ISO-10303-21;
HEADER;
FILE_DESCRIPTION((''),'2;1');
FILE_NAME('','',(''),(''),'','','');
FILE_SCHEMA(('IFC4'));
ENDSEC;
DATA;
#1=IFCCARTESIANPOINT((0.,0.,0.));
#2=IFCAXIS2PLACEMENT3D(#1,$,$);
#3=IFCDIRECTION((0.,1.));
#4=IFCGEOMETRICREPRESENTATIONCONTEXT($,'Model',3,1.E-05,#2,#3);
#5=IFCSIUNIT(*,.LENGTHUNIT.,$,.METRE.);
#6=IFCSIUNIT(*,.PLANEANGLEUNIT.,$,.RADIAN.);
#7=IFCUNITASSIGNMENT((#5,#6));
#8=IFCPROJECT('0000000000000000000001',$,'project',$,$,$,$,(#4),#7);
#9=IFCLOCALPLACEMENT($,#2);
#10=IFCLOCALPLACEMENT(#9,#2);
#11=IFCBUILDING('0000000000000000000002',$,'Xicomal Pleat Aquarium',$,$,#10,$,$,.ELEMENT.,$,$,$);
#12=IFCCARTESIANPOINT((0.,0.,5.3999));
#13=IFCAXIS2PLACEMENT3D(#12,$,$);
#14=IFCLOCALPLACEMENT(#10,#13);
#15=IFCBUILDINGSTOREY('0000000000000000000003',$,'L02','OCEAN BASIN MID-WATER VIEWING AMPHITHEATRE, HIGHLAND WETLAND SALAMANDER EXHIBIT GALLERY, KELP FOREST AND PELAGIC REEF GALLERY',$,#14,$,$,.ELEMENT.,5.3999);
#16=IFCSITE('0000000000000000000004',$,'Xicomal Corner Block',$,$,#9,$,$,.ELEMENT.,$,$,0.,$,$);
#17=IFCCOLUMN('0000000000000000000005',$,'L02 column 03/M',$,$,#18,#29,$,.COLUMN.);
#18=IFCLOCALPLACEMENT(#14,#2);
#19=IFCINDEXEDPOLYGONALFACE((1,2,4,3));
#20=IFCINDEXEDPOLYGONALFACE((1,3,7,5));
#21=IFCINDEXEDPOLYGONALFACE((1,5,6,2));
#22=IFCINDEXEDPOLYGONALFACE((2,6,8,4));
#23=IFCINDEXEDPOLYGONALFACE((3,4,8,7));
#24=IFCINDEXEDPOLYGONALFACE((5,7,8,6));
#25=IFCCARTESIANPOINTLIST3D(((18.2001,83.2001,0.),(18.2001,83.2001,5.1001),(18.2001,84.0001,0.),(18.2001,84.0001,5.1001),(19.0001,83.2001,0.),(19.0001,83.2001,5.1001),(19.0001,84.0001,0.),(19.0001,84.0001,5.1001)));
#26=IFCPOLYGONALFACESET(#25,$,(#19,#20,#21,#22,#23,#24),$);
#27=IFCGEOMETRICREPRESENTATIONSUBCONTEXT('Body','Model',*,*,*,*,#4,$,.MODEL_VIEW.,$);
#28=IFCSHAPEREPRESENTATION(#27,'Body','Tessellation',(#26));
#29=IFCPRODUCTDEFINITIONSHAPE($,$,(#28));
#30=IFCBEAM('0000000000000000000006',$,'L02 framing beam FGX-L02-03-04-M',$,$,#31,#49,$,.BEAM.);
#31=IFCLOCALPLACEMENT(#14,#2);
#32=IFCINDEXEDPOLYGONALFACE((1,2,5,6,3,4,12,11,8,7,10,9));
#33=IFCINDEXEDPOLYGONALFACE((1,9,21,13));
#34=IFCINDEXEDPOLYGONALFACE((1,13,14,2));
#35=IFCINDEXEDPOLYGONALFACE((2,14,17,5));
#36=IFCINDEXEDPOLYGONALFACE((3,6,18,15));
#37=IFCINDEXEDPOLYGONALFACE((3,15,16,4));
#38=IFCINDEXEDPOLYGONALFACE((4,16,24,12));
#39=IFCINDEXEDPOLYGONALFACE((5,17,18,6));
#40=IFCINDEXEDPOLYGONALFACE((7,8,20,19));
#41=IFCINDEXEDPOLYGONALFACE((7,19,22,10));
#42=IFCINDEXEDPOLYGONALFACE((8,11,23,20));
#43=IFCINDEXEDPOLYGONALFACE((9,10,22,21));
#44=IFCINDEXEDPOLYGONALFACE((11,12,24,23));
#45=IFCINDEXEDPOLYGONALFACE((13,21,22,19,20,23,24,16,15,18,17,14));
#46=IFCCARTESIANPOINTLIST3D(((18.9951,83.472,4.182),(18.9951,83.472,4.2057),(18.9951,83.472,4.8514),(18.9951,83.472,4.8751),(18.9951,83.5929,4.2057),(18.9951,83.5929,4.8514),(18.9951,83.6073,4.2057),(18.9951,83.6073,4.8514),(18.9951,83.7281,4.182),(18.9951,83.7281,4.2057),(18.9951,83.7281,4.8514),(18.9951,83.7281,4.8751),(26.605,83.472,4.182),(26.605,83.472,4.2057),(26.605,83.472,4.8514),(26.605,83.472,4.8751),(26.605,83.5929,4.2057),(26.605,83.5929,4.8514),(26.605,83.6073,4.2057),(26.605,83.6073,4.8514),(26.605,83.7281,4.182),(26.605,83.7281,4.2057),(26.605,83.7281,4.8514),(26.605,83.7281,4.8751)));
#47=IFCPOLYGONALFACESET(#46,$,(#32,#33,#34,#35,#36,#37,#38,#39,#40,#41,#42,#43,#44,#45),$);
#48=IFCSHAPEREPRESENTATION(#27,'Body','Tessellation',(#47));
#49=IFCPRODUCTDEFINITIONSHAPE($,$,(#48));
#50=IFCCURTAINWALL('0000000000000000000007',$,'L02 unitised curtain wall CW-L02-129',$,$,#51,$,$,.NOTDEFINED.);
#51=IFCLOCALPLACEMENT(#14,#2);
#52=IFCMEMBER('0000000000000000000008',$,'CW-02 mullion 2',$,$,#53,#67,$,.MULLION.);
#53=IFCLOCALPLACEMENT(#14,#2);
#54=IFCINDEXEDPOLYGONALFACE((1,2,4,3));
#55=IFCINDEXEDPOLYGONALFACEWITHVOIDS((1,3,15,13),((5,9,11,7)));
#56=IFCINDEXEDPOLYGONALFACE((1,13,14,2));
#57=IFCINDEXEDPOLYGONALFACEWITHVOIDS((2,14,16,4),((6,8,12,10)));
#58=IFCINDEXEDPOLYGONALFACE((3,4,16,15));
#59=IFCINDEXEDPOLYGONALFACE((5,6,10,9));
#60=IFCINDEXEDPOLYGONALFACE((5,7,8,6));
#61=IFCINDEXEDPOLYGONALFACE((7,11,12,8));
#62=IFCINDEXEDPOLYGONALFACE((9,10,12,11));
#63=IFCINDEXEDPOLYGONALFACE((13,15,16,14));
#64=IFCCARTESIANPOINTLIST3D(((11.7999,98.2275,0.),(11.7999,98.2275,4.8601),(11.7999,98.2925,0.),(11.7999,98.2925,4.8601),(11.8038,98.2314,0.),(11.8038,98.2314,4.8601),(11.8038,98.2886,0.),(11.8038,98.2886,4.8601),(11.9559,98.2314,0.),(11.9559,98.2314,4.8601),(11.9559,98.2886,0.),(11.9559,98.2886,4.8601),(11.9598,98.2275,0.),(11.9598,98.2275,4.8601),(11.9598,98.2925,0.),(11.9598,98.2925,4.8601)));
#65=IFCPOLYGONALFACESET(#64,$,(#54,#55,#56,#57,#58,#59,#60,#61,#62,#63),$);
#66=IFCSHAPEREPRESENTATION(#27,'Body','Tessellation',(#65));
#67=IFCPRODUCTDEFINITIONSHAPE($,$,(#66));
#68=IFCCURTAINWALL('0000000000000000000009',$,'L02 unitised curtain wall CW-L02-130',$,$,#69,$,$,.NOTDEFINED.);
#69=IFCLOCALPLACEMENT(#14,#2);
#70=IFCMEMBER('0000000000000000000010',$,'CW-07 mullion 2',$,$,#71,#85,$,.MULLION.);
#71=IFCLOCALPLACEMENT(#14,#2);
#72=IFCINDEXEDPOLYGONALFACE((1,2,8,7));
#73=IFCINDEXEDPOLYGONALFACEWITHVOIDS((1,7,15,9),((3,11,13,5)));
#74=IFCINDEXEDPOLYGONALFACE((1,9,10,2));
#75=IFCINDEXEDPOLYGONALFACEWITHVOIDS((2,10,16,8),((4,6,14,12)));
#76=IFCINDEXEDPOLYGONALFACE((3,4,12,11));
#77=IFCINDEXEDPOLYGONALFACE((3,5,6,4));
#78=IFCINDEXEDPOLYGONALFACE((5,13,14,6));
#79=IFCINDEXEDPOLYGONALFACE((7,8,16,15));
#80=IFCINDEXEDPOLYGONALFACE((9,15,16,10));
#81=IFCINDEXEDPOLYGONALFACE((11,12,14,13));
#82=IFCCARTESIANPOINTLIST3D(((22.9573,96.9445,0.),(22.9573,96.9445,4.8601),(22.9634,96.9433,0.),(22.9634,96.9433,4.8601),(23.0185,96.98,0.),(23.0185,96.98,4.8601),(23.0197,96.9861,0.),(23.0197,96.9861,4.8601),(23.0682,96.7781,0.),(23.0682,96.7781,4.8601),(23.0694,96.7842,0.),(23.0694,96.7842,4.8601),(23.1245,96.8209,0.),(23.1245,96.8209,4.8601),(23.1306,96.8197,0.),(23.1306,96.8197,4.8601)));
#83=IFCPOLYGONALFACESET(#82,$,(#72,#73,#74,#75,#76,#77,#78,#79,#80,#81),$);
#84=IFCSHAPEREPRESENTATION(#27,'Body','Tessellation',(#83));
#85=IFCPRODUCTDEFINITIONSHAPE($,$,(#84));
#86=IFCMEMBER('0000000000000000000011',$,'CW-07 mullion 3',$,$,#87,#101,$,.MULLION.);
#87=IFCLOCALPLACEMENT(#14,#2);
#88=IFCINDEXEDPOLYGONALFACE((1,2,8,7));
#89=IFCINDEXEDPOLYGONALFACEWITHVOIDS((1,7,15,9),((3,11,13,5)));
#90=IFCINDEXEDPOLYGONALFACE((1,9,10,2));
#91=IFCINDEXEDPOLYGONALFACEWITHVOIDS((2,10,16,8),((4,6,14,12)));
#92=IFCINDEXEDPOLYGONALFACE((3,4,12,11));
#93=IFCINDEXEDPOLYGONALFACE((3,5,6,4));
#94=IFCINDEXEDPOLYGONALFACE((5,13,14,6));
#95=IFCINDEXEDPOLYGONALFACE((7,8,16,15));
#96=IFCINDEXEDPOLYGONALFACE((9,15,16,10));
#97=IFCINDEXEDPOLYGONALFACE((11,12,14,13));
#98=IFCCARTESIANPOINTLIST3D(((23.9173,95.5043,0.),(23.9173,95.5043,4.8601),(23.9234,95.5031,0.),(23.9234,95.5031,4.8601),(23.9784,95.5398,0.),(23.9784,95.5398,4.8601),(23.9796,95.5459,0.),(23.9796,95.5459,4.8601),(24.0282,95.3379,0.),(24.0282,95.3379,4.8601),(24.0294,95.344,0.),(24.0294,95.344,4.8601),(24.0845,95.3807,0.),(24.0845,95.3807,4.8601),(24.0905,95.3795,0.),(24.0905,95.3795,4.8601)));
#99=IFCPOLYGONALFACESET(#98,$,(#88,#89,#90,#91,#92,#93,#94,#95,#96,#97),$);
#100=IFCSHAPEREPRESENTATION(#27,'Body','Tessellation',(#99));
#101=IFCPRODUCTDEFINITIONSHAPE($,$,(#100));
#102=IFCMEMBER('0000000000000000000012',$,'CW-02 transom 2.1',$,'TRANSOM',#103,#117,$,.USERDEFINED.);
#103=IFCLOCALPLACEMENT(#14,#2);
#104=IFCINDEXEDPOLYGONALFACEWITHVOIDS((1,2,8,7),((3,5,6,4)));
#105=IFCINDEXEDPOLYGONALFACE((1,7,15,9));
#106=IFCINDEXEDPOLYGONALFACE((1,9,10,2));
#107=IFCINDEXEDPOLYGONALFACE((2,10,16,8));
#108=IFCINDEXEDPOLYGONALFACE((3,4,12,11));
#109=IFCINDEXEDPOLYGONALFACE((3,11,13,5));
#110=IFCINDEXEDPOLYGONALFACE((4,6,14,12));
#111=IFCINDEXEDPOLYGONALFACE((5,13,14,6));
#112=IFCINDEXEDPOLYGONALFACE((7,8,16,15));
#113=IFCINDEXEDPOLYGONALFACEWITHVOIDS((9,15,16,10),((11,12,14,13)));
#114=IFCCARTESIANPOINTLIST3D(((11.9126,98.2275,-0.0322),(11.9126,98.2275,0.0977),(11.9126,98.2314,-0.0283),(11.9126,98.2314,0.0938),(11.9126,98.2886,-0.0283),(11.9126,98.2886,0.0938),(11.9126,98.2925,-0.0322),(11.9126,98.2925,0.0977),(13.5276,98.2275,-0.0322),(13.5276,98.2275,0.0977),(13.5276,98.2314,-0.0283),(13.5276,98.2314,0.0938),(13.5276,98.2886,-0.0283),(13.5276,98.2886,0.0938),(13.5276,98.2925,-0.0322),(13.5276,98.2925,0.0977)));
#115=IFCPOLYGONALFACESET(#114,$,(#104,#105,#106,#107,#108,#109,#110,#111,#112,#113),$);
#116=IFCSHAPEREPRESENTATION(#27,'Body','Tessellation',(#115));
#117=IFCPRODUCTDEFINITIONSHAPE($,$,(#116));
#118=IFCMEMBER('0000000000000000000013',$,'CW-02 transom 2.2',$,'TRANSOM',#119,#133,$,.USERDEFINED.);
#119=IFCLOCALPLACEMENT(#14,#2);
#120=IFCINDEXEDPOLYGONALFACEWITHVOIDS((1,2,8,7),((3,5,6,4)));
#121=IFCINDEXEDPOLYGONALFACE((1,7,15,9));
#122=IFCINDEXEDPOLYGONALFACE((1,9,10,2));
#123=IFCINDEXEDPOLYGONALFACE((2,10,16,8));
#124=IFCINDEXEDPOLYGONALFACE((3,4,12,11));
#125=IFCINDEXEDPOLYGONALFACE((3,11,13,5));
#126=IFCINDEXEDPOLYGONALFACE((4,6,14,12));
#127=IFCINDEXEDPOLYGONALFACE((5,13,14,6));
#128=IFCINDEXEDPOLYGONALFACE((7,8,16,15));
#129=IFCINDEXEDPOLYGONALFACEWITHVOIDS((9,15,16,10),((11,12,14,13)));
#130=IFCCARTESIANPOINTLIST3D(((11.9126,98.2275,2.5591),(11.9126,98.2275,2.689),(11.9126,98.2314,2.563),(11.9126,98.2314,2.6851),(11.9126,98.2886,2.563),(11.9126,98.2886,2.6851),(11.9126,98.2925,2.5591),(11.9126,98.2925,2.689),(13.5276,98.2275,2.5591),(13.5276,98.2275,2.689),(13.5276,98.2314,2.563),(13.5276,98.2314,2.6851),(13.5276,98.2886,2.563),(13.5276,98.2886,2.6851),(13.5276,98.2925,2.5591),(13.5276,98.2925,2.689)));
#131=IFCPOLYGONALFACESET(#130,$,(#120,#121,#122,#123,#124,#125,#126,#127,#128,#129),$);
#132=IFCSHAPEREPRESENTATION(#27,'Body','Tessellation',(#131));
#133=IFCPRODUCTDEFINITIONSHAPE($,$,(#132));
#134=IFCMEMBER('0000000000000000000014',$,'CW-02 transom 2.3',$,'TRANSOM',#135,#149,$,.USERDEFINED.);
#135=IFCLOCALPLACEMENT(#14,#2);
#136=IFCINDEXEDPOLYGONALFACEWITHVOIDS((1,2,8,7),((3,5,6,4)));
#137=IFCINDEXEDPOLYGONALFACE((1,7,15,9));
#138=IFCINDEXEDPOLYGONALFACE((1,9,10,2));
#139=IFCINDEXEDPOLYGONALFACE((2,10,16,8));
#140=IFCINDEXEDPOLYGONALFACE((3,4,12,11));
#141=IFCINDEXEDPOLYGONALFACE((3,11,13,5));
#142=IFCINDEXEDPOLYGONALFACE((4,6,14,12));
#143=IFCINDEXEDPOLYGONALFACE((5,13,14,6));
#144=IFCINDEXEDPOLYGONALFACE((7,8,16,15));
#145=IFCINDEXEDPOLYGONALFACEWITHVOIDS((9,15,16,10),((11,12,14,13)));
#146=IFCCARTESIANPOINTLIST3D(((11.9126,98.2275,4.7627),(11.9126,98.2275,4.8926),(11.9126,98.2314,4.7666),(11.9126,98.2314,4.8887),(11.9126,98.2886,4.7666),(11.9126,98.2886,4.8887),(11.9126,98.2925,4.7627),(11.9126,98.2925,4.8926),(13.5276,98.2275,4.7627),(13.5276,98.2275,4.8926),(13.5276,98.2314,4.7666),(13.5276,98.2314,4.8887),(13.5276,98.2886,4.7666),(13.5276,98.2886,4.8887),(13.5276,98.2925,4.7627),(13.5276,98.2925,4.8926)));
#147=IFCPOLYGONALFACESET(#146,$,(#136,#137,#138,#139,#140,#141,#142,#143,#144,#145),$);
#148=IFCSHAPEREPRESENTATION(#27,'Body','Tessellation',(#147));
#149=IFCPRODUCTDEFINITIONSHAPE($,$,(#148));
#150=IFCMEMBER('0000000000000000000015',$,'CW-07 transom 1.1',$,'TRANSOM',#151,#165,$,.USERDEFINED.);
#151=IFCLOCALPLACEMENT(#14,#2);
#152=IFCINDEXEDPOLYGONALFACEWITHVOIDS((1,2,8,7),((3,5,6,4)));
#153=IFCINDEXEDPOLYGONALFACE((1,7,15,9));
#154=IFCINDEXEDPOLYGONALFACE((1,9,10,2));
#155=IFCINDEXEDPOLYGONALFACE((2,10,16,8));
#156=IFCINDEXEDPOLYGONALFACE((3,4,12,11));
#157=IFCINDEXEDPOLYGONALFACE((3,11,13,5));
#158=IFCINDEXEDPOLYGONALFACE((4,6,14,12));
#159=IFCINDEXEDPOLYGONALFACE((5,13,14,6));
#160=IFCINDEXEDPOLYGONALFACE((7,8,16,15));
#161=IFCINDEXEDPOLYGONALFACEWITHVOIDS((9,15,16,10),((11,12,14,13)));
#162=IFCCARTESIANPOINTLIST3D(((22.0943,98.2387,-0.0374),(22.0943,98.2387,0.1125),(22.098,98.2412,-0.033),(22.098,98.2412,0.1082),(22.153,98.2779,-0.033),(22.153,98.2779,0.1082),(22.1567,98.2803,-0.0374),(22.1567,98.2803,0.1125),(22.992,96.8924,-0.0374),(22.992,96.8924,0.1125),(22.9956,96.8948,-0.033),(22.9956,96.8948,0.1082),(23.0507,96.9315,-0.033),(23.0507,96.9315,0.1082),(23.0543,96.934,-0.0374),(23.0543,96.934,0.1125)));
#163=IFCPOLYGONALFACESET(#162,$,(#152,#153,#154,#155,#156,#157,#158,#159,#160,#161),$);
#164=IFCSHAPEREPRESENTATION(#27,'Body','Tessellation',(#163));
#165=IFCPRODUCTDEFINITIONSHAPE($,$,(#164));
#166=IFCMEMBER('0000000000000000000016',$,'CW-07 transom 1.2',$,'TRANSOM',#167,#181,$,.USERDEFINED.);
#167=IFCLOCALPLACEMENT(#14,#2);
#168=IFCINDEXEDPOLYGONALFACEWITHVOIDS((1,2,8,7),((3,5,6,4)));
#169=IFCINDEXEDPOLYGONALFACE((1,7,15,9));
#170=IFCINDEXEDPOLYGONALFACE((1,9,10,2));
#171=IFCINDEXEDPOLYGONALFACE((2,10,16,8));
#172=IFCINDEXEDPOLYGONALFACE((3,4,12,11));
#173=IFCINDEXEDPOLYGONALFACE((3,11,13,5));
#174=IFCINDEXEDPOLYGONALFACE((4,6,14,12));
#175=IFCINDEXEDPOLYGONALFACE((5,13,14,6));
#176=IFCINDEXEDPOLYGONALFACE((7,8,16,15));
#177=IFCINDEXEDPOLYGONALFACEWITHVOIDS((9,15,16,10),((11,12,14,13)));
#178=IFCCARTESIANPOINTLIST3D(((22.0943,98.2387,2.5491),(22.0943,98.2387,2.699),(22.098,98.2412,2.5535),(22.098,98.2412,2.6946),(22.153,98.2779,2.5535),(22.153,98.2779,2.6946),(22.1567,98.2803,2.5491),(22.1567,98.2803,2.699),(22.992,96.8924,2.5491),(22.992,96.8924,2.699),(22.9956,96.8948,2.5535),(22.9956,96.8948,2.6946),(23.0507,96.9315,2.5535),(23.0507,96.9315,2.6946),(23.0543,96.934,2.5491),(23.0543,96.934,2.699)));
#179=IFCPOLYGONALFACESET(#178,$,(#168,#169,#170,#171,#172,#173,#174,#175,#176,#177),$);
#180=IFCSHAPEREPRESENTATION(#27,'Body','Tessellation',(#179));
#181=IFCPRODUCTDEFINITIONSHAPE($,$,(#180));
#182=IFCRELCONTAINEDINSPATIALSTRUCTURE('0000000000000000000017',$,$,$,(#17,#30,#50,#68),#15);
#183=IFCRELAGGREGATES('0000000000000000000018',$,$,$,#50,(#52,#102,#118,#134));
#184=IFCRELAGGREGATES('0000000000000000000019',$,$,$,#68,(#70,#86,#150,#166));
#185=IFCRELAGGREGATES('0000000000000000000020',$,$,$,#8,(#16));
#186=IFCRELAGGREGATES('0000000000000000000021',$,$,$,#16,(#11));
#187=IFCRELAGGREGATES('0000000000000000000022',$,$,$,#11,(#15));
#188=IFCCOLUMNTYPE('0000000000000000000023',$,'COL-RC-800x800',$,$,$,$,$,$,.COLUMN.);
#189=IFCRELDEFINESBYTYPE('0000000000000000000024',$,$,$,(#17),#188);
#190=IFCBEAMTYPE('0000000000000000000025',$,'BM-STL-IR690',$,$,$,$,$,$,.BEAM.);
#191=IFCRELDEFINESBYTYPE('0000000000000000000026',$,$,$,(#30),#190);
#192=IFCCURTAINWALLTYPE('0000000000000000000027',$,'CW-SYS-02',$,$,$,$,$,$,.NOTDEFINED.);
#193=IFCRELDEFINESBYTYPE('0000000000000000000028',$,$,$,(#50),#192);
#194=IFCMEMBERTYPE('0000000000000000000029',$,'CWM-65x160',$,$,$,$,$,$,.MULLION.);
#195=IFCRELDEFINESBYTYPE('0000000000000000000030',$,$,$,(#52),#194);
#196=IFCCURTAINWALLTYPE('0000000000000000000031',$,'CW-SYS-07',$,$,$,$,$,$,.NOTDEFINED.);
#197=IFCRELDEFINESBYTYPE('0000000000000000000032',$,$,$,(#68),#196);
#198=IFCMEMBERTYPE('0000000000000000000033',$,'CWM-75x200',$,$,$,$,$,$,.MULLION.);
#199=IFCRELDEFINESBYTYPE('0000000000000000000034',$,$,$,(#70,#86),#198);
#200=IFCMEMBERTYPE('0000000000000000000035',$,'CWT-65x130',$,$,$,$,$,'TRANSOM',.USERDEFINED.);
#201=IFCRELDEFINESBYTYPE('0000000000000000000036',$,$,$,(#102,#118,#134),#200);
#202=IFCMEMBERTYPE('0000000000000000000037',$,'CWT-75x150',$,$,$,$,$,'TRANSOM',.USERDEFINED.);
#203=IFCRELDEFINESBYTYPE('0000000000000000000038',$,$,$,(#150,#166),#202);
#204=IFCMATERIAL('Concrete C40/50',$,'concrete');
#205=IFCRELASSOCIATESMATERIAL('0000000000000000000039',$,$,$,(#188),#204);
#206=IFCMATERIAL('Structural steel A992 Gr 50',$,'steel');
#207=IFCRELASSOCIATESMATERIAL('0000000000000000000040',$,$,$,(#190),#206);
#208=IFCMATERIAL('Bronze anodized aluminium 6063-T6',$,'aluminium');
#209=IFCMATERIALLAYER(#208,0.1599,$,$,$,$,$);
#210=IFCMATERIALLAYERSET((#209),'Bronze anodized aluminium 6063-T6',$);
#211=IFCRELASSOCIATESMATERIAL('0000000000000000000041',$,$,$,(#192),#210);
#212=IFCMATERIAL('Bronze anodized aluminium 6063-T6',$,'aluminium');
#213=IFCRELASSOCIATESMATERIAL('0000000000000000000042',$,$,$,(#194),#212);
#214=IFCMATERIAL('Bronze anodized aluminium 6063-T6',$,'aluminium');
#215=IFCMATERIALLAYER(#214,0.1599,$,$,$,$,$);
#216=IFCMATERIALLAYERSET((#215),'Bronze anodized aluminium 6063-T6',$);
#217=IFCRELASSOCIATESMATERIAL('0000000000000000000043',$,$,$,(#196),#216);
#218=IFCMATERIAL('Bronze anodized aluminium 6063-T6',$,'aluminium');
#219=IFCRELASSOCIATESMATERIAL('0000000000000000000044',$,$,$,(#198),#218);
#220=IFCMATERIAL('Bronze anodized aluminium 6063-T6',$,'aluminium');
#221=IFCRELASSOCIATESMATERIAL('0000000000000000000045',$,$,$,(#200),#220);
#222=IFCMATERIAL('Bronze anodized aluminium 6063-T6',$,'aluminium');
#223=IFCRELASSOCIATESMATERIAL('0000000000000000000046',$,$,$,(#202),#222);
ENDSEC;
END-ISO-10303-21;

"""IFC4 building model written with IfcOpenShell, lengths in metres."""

from ifc_helpers import new_model, si_unit, direction, frame, origin, origin_2d, place, context, subcontext, project, spatial, rectangle, hollow_rectangle, i_section, extrude, material, layer, layer_set, material_profile, profile_set, type_object, element, aggregate, save


model = new_model("IFC4")

# Units and contexts
model_context = context("Model", 3, precision=1e-05, world=origin(), true_north=direction((0.0, 1.0)))
body_context = subcontext(model_context, "Body", "Model", "MODEL_VIEW")
ifc_project = project(units=[si_unit("LENGTHUNIT", "METRE"), si_unit("PLANEANGLEUNIT", "RADIAN")], contexts=[model_context])

# Site, building, storey
site_placement = place(None, origin())
site = spatial("IfcSite", under=ifc_project, at=site_placement, Name="Xicomal Corner Block", CompositionType="ELEMENT", RefElevation=0.0)
building_placement = place(site_placement, origin())
building = spatial("IfcBuilding", under=site, at=building_placement, Name="Xicomal Pleat Aquarium", CompositionType="ELEMENT")
storey_placement = place(building_placement, frame((0.0, 0.0, 5.3999)))
storey = spatial("IfcBuildingStorey", under=building, at=storey_placement, Name="L02", Description="OCEAN BASIN MID-WATER VIEWING AMPHITHEATRE, HIGHLAND WETLAND SALAMANDER EXHIBIT GALLERY, KELP FOREST AND PELAGIC REEF GALLERY", CompositionType="ELEMENT", Elevation=5.3999)

# Column
ifc_material_1 = material(Name="Concrete C40/50", Category="concrete")
ifc_material_profile_1 = material_profile(ifc_material_1, rectangle(XDim=0.8, YDim=0.8, at=origin_2d()), Name="RC 800x800")
ifc_profile_set_1 = profile_set([ifc_material_profile_1], Name="Concrete C40/50")
column_type = type_object("IfcColumnType", Name="COL-RC-800x800", PredefinedType="COLUMN", material=ifc_profile_set_1)
column_placement = place(storey_placement, frame((18.6001, 83.6001, 0.0), z_axis=(0.0, 0.0, 1.0), x_axis=(1.0, 0.0, 0.0)))
element("IfcColumn", 1, at=column_placement, inside=storey, type_object=column_type, Name="L02 column 03/M", PredefinedType="COLUMN", context=body_context, shape_type="SweptSolid", body=[
    extrude(rectangle(XDim=0.8, YDim=0.8, at=origin_2d()), origin(), (0.0, 0.0, 1.0), 5.1001),
])

# Beam
ifc_material_2 = material(Name="Structural steel A992 Gr 50", Category="steel")
ifc_material_profile_2 = material_profile(ifc_material_2, i_section(OverallWidth=0.2561, OverallDepth=0.6931, WebThickness=0.0144, FlangeThickness=0.0237, at=origin_2d()), Name="IR 690x170")
ifc_profile_set_2 = profile_set([ifc_material_profile_2], Name="Structural steel A992 Gr 50")
beam_type = type_object("IfcBeamType", Name="BM-STL-IR690", PredefinedType="BEAM", material=ifc_profile_set_2)
beam_placement = place(storey_placement, frame((18.9951, 83.6001, 4.5286), z_axis=(1.0, 0.0, 0.0), x_axis=(0.0, 1.0, 0.0)))
element("IfcBeam", 2, at=beam_placement, inside=storey, type_object=beam_type, Name="L02 framing beam FGX-L02-03-04-M", PredefinedType="BEAM", context=body_context, shape_type="SweptSolid", body=[
    extrude(i_section(OverallWidth=0.2561, OverallDepth=0.6931, WebThickness=0.0144, FlangeThickness=0.0237, at=origin_2d()), origin(), (0.0, 0.0, 1.0), 7.6099),
])

# Curtain wall, member
ifc_material_3 = material(Name="Bronze anodized aluminium 6063-T6", Category="aluminium")
ifc_layer_1 = layer(ifc_material_3, 0.1599)
ifc_layer_set_1 = layer_set([ifc_layer_1], Name="Bronze anodized aluminium 6063-T6")
curtain_wall_type_1 = type_object("IfcCurtainWallType", Name="CW-SYS-02", PredefinedType="NOTDEFINED", material=ifc_layer_set_1)
curtain_wall_1_placement = place(storey_placement, origin())
curtain_wall_1 = element("IfcCurtainWall", 3, at=curtain_wall_1_placement, inside=storey, type_object=curtain_wall_type_1, Name="L02 unitised curtain wall CW-L02-129", PredefinedType="NOTDEFINED")
ifc_material_4 = material(Name="Bronze anodized aluminium 6063-T6", Category="aluminium")
ifc_material_profile_3 = material_profile(ifc_material_4, hollow_rectangle(XDim=0.0649, YDim=0.1599, WallThickness=0.0039, at=origin_2d()), Name="ALU MULL 65x160")
ifc_profile_set_3 = profile_set([ifc_material_profile_3], Name="Bronze anodized aluminium 6063-T6")
member_type_1 = type_object("IfcMemberType", Name="CWM-65x160", PredefinedType="MULLION", material=ifc_profile_set_3)
member_1_placement = place(storey_placement, frame((11.8799, 98.26, 0.0), z_axis=(0.0, 0.0, 1.0), x_axis=(0.0, 1.0, 0.0)))
member_1 = element("IfcMember", 4, at=member_1_placement, type_object=member_type_1, Name="CW-02 mullion 2", PredefinedType="MULLION", context=body_context, shape_type="SweptSolid", body=[
    extrude(hollow_rectangle(XDim=0.0649, YDim=0.1599, WallThickness=0.0039, at=origin_2d()), origin(), (0.0, 0.0, 1.0), 4.8601),
])

# Curtain wall, members
ifc_material_5 = material(Name="Bronze anodized aluminium 6063-T6", Category="aluminium")
ifc_layer_2 = layer(ifc_material_5, 0.1599)
ifc_layer_set_2 = layer_set([ifc_layer_2], Name="Bronze anodized aluminium 6063-T6")
curtain_wall_type_2 = type_object("IfcCurtainWallType", Name="CW-SYS-07", PredefinedType="NOTDEFINED", material=ifc_layer_set_2)
curtain_wall_2_placement = place(storey_placement, origin())
curtain_wall_2 = element("IfcCurtainWall", 5, at=curtain_wall_2_placement, inside=storey, type_object=curtain_wall_type_2, Name="L02 unitised curtain wall CW-L02-130", PredefinedType="NOTDEFINED")
ifc_material_6 = material(Name="Bronze anodized aluminium 6063-T6", Category="aluminium")
ifc_material_profile_4 = material_profile(ifc_material_6, hollow_rectangle(XDim=0.075, YDim=0.2, WallThickness=0.0044, at=origin_2d()), Name="ALU MULL 75x200")
ifc_profile_set_4 = profile_set([ifc_material_profile_4], Name="Bronze anodized aluminium 6063-T6")
member_type_2 = type_object("IfcMemberType", Name="CWM-75x200", PredefinedType="MULLION", material=ifc_profile_set_4)
member_2_placement = place(storey_placement, frame((23.0439, 96.8821, 0.0), z_axis=(0.0, 0.0, 1.0), x_axis=(0.83205, 0.5547, 0.0)))
member_2 = element("IfcMember", 6, at=member_2_placement, type_object=member_type_2, Name="CW-07 mullion 2", PredefinedType="MULLION", context=body_context, shape_type="SweptSolid", body=[
    extrude(hollow_rectangle(XDim=0.075, YDim=0.2, WallThickness=0.0044, at=origin_2d()), origin(), (0.0, 0.0, 1.0), 4.8601),
])
member_3_placement = place(storey_placement, frame((24.0039, 95.4419, 0.0), z_axis=(0.0, 0.0, 1.0), x_axis=(0.83205, 0.5547, 0.0)))
member_3 = element("IfcMember", 7, at=member_3_placement, type_object=member_type_2, Name="CW-07 mullion 3", PredefinedType="MULLION", context=body_context, shape_type="SweptSolid", body=[
    extrude(hollow_rectangle(XDim=0.075, YDim=0.2, WallThickness=0.0044, at=origin_2d()), origin(), (0.0, 0.0, 1.0), 4.8601),
])

# Members
ifc_material_7 = material(Name="Bronze anodized aluminium 6063-T6", Category="aluminium")
ifc_material_profile_5 = material_profile(ifc_material_7, hollow_rectangle(XDim=0.0649, YDim=0.1299, WallThickness=0.0039, at=origin_2d()), Name="ALU TRAN 65x130")
ifc_profile_set_5 = profile_set([ifc_material_profile_5], Name="Bronze anodized aluminium 6063-T6")
member_type_3 = type_object("IfcMemberType", Name="CWT-65x130", ElementType="TRANSOM", PredefinedType="USERDEFINED", material=ifc_profile_set_5)
member_4_placement = place(storey_placement, frame((11.9126, 98.26, 0.0327), z_axis=(1.0, 0.0, 0.0), x_axis=(0.0, 1.0, 0.0)))
member_4 = element("IfcMember", 8, at=member_4_placement, type_object=member_type_3, Name="CW-02 transom 2.1", ObjectType="TRANSOM", PredefinedType="USERDEFINED", context=body_context, shape_type="SweptSolid", body=[
    extrude(hollow_rectangle(XDim=0.0649, YDim=0.1299, WallThickness=0.0039, at=origin_2d()), origin(), (0.0, 0.0, 1.0), 1.615),
])
member_5_placement = place(storey_placement, frame((11.9126, 98.26, 2.624), z_axis=(1.0, 0.0, 0.0), x_axis=(0.0, 1.0, 0.0)))
member_5 = element("IfcMember", 9, at=member_5_placement, type_object=member_type_3, Name="CW-02 transom 2.2", ObjectType="TRANSOM", PredefinedType="USERDEFINED", context=body_context, shape_type="SweptSolid", body=[
    extrude(hollow_rectangle(XDim=0.0649, YDim=0.1299, WallThickness=0.0039, at=origin_2d()), origin(), (0.0, 0.0, 1.0), 1.615),
])
member_6_placement = place(storey_placement, frame((11.9126, 98.26, 4.8276), z_axis=(1.0, 0.0, 0.0), x_axis=(0.0, 1.0, 0.0)))
member_6 = element("IfcMember", 10, at=member_6_placement, type_object=member_type_3, Name="CW-02 transom 2.3", ObjectType="TRANSOM", PredefinedType="USERDEFINED", context=body_context, shape_type="SweptSolid", body=[
    extrude(hollow_rectangle(XDim=0.0649, YDim=0.1299, WallThickness=0.0039, at=origin_2d()), origin(), (0.0, 0.0, 1.0), 1.615),
])
ifc_material_8 = material(Name="Bronze anodized aluminium 6063-T6", Category="aluminium")
ifc_material_profile_6 = material_profile(ifc_material_8, hollow_rectangle(XDim=0.075, YDim=0.1499, WallThickness=0.0044, at=origin_2d()), Name="ALU TRAN 75x150")
ifc_profile_set_6 = profile_set([ifc_material_profile_6], Name="Bronze anodized aluminium 6063-T6")
member_type_4 = type_object("IfcMemberType", Name="CWT-75x150", ElementType="TRANSOM", PredefinedType="USERDEFINED", material=ifc_profile_set_6)
member_7_placement = place(storey_placement, frame((22.1255, 98.2595, 0.0376), z_axis=(0.554735, -0.832027, 0.0), x_axis=(0.832027, 0.554735, 0.0)))
member_7 = element("IfcMember", 11, at=member_7_placement, type_object=member_type_4, Name="CW-07 transom 1.1", ObjectType="TRANSOM", PredefinedType="USERDEFINED", context=body_context, shape_type="SweptSolid", body=[
    extrude(hollow_rectangle(XDim=0.075, YDim=0.1499, WallThickness=0.0044, at=origin_2d()), origin(), (0.0, 0.0, 1.0), 1.6182),
])
member_8_placement = place(storey_placement, frame((22.1255, 98.2595, 2.624), z_axis=(0.554735, -0.832027, 0.0), x_axis=(0.832027, 0.554735, 0.0)))
member_8 = element("IfcMember", 12, at=member_8_placement, type_object=member_type_4, Name="CW-07 transom 1.2", ObjectType="TRANSOM", PredefinedType="USERDEFINED", context=body_context, shape_type="SweptSolid", body=[
    extrude(hollow_rectangle(XDim=0.075, YDim=0.1499, WallThickness=0.0044, at=origin_2d()), origin(), (0.0, 0.0, 1.0), 1.6182),
])

aggregate(curtain_wall_1, [member_1, member_4, member_5, member_6])
aggregate(curtain_wall_2, [member_2, member_3, member_7, member_8])

save(model, "model.ifc")
